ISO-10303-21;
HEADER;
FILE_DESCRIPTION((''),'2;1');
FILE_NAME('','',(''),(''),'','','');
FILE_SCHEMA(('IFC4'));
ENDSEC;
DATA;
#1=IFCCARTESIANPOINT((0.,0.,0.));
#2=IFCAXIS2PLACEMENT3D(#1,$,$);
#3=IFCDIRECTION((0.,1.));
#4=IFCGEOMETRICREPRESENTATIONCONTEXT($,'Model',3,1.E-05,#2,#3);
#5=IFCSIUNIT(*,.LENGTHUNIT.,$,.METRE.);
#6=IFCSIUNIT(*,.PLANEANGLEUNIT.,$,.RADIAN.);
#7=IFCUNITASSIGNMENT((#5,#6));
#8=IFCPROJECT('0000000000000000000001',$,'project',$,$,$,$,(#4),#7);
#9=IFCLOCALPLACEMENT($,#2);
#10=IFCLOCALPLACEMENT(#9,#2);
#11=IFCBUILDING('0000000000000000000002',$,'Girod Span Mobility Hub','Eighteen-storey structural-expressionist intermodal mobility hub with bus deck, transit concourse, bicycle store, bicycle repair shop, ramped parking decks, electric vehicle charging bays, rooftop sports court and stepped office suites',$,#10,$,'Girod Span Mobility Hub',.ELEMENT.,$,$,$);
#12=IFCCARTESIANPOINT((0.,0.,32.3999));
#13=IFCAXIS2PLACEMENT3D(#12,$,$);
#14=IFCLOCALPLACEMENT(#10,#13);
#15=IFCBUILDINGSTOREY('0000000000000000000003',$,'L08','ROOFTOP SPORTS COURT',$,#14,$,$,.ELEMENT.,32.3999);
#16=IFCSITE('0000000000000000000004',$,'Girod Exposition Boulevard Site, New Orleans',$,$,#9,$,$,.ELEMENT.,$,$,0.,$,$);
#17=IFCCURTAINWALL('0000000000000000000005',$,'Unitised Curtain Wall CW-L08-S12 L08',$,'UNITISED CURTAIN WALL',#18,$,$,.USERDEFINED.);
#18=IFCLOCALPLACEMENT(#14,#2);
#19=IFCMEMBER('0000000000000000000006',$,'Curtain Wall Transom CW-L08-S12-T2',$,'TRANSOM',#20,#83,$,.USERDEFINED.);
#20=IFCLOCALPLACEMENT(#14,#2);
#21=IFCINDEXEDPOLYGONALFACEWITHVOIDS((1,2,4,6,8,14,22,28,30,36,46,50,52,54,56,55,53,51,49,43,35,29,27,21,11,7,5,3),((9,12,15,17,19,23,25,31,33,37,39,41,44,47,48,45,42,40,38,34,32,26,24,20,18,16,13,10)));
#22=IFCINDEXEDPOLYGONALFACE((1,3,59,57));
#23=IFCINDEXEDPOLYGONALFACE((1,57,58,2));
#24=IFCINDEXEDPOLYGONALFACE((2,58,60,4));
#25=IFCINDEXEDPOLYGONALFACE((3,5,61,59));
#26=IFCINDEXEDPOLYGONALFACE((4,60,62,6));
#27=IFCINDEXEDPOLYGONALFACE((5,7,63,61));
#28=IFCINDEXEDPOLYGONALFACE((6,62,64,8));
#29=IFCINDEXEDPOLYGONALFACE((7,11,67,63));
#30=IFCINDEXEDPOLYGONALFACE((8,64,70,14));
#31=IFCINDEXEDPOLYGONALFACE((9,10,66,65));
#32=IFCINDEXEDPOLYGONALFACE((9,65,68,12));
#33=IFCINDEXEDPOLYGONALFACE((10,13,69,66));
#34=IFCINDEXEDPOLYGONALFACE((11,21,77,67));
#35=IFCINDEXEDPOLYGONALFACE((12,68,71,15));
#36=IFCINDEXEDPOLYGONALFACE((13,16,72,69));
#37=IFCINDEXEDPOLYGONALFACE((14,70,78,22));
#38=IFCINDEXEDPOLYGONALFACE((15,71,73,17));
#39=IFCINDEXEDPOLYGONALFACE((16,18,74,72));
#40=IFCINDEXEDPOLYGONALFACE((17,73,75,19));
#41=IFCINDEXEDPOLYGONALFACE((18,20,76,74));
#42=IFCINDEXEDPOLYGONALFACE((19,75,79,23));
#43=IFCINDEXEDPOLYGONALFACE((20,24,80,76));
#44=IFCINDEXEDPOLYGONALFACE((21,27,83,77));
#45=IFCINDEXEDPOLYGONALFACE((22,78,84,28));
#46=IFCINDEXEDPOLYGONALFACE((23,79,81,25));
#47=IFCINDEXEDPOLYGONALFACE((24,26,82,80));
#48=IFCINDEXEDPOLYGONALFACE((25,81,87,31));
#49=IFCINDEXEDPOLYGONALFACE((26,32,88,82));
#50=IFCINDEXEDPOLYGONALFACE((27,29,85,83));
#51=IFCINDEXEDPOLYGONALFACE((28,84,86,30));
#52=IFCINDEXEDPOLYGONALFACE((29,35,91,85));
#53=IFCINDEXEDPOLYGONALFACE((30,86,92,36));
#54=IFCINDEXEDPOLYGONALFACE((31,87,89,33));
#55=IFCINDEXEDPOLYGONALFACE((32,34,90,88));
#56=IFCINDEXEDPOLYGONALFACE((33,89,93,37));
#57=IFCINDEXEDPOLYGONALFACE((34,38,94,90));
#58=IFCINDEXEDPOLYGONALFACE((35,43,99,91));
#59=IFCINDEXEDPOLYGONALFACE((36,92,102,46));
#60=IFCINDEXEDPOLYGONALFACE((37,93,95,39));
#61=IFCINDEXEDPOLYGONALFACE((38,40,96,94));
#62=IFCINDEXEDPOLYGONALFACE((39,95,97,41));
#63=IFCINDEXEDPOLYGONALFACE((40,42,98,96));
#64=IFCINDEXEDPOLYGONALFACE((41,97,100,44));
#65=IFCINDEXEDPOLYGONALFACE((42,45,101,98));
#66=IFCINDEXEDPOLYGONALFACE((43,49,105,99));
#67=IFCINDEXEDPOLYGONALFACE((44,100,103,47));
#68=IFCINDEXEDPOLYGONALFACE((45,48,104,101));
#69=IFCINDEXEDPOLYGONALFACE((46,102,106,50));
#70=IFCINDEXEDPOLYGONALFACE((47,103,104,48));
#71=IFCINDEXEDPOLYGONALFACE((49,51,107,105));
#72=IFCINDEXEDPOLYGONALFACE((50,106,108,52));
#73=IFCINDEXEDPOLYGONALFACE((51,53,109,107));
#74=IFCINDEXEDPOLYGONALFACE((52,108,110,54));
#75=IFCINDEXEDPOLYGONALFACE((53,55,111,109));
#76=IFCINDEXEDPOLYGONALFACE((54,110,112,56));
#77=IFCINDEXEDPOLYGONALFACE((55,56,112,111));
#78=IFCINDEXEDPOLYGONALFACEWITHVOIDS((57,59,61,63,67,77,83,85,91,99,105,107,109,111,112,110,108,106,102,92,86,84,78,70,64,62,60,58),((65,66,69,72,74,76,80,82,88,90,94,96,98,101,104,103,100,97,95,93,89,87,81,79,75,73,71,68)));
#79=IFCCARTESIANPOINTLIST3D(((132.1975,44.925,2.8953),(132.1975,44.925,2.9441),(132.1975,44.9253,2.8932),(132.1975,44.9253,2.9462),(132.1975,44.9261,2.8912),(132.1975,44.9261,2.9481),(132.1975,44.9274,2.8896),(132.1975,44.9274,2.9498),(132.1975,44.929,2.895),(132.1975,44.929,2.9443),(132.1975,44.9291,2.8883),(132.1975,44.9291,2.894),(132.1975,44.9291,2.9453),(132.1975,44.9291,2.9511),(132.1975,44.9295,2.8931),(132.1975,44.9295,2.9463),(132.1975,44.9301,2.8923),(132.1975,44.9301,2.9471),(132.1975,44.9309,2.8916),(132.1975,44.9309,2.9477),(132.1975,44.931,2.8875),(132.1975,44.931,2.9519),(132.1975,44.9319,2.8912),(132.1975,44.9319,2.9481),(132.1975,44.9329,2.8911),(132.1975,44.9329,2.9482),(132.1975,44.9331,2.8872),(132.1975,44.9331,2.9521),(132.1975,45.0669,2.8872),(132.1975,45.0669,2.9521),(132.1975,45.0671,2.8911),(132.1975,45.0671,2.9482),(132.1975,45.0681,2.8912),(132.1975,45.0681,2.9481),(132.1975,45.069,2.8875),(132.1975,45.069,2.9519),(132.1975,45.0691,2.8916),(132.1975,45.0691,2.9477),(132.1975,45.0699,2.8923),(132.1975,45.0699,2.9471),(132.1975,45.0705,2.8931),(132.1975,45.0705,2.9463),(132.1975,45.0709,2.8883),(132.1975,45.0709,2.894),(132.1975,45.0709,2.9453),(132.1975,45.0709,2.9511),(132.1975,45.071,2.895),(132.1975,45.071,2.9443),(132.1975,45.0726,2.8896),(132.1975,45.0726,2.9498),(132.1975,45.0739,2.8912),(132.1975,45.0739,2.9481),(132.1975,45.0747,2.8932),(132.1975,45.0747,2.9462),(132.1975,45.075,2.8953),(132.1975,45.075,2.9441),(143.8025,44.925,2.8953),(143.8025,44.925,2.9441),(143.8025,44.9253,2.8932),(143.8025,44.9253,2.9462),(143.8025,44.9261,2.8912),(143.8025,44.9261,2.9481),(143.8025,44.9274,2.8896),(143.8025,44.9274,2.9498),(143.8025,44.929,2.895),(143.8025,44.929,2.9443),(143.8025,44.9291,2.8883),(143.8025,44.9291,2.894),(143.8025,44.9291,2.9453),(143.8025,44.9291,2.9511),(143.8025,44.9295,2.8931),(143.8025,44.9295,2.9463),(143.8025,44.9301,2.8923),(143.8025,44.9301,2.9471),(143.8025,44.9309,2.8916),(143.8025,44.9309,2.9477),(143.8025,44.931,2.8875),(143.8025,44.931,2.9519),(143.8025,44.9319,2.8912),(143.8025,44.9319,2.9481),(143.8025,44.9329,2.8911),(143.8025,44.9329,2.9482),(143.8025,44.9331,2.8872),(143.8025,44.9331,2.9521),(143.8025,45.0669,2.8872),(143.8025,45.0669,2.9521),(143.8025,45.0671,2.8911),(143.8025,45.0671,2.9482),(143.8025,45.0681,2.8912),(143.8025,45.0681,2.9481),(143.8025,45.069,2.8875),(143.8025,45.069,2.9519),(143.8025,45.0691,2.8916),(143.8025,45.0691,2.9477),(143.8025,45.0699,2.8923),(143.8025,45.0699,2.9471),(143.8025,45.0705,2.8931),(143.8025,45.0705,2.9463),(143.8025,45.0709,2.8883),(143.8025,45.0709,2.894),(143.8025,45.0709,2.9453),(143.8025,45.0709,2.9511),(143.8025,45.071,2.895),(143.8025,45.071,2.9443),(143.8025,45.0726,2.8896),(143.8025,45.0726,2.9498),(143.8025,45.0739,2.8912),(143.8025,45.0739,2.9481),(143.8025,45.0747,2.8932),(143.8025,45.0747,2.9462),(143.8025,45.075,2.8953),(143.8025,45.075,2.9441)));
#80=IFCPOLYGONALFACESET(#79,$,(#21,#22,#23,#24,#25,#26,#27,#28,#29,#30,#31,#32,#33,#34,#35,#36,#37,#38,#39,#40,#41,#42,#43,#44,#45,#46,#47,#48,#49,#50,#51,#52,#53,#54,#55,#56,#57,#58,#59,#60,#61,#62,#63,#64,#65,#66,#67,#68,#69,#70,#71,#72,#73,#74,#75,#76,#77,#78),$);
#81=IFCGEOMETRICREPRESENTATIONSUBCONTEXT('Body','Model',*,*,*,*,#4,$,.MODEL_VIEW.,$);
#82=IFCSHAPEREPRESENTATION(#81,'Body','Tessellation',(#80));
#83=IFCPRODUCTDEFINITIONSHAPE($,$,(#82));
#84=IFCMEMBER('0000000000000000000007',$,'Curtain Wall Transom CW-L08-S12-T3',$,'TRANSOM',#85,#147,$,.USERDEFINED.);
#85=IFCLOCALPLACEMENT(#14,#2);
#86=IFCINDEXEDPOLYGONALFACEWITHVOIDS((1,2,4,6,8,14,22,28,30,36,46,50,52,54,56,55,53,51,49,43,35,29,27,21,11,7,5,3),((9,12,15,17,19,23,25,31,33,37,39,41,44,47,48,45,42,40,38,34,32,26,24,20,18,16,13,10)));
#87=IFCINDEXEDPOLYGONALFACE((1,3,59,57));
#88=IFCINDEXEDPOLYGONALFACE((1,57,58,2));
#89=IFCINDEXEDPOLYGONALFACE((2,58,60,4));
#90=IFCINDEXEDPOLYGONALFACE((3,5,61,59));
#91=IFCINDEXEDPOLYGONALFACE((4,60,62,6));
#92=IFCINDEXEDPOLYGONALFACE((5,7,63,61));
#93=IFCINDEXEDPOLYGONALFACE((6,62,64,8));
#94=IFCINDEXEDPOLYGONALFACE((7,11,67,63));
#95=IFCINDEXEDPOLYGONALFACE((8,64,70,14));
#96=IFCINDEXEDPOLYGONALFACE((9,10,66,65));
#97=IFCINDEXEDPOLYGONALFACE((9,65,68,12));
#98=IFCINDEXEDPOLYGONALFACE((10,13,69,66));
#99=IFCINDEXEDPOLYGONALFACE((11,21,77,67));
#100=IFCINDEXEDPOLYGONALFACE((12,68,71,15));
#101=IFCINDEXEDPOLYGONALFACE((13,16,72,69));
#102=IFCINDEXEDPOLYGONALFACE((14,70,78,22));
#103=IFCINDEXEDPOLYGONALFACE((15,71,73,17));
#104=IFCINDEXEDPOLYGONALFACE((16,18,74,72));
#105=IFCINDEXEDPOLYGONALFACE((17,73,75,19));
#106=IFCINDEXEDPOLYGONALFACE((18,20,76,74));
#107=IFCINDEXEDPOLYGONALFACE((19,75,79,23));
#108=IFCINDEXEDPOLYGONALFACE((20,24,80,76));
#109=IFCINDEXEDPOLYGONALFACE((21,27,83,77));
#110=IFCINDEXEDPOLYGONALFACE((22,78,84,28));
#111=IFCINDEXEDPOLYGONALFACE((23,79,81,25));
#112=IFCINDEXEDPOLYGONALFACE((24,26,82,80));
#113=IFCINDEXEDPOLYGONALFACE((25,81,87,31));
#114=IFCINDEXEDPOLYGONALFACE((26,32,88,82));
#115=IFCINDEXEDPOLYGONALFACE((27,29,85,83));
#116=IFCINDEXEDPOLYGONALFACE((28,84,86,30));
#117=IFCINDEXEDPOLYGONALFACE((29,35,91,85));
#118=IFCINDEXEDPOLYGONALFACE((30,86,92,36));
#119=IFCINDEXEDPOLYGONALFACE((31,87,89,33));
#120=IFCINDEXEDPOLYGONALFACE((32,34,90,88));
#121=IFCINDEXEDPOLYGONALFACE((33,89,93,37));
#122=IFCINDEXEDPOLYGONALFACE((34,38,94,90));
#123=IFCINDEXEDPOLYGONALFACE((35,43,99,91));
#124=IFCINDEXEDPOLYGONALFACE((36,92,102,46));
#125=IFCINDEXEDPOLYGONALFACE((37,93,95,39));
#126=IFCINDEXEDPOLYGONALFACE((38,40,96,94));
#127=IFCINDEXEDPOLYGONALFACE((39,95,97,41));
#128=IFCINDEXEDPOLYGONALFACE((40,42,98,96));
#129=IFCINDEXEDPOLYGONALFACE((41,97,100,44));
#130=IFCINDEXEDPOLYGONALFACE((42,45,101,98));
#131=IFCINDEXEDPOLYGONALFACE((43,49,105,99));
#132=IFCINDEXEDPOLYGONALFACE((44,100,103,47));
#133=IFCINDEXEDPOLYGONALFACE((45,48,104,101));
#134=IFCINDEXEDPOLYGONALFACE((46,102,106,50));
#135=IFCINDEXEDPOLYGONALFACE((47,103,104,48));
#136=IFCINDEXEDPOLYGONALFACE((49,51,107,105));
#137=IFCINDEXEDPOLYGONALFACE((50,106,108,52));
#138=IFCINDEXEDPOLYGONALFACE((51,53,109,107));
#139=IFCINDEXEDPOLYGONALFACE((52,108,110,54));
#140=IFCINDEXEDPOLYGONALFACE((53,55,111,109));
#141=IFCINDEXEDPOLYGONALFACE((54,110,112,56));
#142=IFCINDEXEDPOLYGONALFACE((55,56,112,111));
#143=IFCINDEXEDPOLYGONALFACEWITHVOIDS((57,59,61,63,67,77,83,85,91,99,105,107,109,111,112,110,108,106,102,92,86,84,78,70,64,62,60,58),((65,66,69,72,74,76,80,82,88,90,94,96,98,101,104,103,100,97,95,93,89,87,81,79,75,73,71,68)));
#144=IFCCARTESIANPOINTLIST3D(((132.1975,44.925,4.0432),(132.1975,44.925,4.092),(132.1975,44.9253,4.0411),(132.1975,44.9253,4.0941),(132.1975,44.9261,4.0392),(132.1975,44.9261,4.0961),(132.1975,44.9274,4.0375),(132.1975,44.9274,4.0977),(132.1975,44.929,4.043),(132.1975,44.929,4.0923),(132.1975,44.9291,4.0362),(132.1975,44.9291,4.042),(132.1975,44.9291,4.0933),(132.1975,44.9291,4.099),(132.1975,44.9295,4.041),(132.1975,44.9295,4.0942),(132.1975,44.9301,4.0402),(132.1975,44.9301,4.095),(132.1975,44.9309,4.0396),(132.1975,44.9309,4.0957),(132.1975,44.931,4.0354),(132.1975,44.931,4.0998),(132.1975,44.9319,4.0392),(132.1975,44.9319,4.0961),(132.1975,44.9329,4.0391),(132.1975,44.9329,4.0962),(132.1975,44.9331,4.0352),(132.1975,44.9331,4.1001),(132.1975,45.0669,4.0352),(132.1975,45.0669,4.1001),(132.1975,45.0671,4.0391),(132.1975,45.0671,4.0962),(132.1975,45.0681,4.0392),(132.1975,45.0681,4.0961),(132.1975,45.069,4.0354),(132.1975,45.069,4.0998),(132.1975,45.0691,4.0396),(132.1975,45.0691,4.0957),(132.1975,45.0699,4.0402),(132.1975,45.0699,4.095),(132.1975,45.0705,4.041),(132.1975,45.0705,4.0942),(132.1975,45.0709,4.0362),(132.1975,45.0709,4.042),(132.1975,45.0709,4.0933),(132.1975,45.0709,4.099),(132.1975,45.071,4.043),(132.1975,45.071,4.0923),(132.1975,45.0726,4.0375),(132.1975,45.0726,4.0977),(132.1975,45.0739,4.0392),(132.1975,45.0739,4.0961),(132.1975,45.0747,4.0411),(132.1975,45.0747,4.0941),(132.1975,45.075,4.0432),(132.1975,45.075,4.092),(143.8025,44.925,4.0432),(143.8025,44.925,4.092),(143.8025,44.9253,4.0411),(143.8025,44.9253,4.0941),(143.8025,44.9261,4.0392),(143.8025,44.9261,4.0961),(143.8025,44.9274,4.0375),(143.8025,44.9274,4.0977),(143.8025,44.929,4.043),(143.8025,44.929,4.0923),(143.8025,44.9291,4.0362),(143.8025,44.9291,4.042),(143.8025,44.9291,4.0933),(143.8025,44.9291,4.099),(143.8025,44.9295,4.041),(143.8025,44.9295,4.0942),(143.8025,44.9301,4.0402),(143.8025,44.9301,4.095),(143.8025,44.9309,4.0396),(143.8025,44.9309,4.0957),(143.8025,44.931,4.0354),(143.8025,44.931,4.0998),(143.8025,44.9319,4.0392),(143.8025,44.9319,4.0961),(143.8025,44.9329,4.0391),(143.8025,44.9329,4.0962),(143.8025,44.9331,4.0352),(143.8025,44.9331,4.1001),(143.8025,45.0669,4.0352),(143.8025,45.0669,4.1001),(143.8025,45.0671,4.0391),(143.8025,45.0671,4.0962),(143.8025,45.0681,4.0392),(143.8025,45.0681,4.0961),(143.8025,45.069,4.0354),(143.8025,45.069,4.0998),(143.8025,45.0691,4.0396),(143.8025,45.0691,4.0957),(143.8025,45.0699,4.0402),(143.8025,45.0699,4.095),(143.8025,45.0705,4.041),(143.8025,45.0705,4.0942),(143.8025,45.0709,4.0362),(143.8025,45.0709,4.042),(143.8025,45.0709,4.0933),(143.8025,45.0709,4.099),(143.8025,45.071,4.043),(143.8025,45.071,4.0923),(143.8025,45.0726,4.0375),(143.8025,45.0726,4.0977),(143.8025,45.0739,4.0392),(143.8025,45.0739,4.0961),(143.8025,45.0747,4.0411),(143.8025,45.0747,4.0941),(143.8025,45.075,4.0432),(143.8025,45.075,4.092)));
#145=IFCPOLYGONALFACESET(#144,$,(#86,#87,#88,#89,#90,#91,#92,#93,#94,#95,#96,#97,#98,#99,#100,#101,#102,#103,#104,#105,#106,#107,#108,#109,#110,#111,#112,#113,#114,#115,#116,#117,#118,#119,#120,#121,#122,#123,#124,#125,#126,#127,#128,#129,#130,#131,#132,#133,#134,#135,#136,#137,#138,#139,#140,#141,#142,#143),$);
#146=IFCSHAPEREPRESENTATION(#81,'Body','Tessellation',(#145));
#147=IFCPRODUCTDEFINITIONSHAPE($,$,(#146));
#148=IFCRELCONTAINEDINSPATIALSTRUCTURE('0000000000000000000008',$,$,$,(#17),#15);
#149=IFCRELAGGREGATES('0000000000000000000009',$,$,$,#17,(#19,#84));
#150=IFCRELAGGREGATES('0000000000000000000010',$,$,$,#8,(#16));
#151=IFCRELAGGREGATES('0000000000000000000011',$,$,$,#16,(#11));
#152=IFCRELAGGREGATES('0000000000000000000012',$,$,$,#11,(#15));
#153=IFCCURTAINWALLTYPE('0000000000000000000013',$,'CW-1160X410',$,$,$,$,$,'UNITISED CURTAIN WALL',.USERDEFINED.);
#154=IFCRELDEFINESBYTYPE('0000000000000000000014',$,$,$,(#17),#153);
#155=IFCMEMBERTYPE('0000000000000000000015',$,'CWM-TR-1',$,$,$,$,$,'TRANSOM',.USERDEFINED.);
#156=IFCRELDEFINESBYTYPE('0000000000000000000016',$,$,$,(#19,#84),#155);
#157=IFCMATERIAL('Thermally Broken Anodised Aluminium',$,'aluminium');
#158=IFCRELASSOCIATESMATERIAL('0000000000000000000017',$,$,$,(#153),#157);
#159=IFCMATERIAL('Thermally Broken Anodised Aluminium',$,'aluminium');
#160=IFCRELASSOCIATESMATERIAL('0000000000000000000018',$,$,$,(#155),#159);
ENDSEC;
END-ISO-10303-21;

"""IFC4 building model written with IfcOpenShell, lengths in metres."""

from ifc_helpers import new_model, si_unit, direction, frame, origin, origin_2d, place, context, subcontext, project, spatial, hollow_rectangle, extrude, material, material_profile, profile_set, type_object, element, aggregate, save


model = new_model("IFC4")

# Units and contexts
model_context = context("Model", 3, precision=1e-05, world=origin(), true_north=direction((0.0, 1.0)))
body_context = subcontext(model_context, "Body", "Model", "MODEL_VIEW")
ifc_project = project(units=[si_unit("LENGTHUNIT", "METRE"), si_unit("PLANEANGLEUNIT", "RADIAN")], contexts=[model_context])

# Site, building, storey
site_placement = place(None, origin())
site = spatial("IfcSite", under=ifc_project, at=site_placement, Name="Girod Exposition Boulevard Site, New Orleans", CompositionType="ELEMENT", RefElevation=0.0)
building_placement = place(site_placement, origin())
building = spatial("IfcBuilding", under=site, at=building_placement, Name="Girod Span Mobility Hub", Description="Eighteen-storey structural-expressionist intermodal mobility hub with bus deck, transit concourse, bicycle store, bicycle repair shop, ramped parking decks, electric vehicle charging bays, rooftop sports court and stepped office suites", LongName="Girod Span Mobility Hub", CompositionType="ELEMENT")
storey_placement = place(building_placement, frame((0.0, 0.0, 32.3999)))
storey = spatial("IfcBuildingStorey", under=building, at=storey_placement, Name="L08", Description="ROOFTOP SPORTS COURT", CompositionType="ELEMENT", Elevation=32.3999)

# Curtain wall, members
ifc_material_1 = material(Name="Thermally Broken Anodised Aluminium", Category="aluminium")
curtain_wall_type = type_object("IfcCurtainWallType", Name="CW-1160X410", ElementType="UNITISED CURTAIN WALL", PredefinedType="USERDEFINED", material=ifc_material_1)
curtain_wall_placement = place(storey_placement, origin())
curtain_wall = element("IfcCurtainWall", 1, at=curtain_wall_placement, inside=storey, type_object=curtain_wall_type, Name="Unitised Curtain Wall CW-L08-S12 L08", ObjectType="UNITISED CURTAIN WALL", PredefinedType="USERDEFINED")
ifc_material_2 = material(Name="Thermally Broken Anodised Aluminium", Category="aluminium")
ifc_material_profile_1 = material_profile(ifc_material_2, hollow_rectangle(XDim=0.1499, YDim=0.0649, WallThickness=0.0039, InnerFilletRadius=0.0039, OuterFilletRadius=0.0081, at=origin_2d()), Name="CW-TR-65X150")
ifc_profile_set_1 = profile_set([ifc_material_profile_1], Name="Thermally Broken Anodised Aluminium")
member_type_1 = type_object("IfcMemberType", Name="CWM-TR-1", ElementType="TRANSOM", PredefinedType="USERDEFINED", material=ifc_profile_set_1)
member_1_placement = place(storey_placement, frame((132.1975, 45.0, 2.9197), z_axis=(1.0, 0.0, 0.0), x_axis=(0.0, 1.0, 0.0)))
member_1 = element("IfcMember", 2, at=member_1_placement, type_object=member_type_1, Name="Curtain Wall Transom CW-L08-S12-T2", ObjectType="TRANSOM", PredefinedType="USERDEFINED", context=body_context, shape_type="SweptSolid", body=[
    extrude(hollow_rectangle(XDim=0.1499, YDim=0.0649, WallThickness=0.0039, InnerFilletRadius=0.0039, OuterFilletRadius=0.0081, at=origin_2d()), origin(), (0.0, 0.0, 1.0), 11.605),
])
member_2_placement = place(storey_placement, frame((132.1975, 45.0, 4.0676), z_axis=(1.0, 0.0, 0.0), x_axis=(0.0, 1.0, 0.0)))
member_2 = element("IfcMember", 3, at=member_2_placement, type_object=member_type_1, Name="Curtain Wall Transom CW-L08-S12-T3", ObjectType="TRANSOM", PredefinedType="USERDEFINED", context=body_context, shape_type="SweptSolid", body=[
    extrude(hollow_rectangle(XDim=0.1499, YDim=0.0649, WallThickness=0.0039, InnerFilletRadius=0.0039, OuterFilletRadius=0.0081, at=origin_2d()), origin(), (0.0, 0.0, 1.0), 11.605),
])

aggregate(curtain_wall, [member_1, member_2])

save(model, "model.ifc")
